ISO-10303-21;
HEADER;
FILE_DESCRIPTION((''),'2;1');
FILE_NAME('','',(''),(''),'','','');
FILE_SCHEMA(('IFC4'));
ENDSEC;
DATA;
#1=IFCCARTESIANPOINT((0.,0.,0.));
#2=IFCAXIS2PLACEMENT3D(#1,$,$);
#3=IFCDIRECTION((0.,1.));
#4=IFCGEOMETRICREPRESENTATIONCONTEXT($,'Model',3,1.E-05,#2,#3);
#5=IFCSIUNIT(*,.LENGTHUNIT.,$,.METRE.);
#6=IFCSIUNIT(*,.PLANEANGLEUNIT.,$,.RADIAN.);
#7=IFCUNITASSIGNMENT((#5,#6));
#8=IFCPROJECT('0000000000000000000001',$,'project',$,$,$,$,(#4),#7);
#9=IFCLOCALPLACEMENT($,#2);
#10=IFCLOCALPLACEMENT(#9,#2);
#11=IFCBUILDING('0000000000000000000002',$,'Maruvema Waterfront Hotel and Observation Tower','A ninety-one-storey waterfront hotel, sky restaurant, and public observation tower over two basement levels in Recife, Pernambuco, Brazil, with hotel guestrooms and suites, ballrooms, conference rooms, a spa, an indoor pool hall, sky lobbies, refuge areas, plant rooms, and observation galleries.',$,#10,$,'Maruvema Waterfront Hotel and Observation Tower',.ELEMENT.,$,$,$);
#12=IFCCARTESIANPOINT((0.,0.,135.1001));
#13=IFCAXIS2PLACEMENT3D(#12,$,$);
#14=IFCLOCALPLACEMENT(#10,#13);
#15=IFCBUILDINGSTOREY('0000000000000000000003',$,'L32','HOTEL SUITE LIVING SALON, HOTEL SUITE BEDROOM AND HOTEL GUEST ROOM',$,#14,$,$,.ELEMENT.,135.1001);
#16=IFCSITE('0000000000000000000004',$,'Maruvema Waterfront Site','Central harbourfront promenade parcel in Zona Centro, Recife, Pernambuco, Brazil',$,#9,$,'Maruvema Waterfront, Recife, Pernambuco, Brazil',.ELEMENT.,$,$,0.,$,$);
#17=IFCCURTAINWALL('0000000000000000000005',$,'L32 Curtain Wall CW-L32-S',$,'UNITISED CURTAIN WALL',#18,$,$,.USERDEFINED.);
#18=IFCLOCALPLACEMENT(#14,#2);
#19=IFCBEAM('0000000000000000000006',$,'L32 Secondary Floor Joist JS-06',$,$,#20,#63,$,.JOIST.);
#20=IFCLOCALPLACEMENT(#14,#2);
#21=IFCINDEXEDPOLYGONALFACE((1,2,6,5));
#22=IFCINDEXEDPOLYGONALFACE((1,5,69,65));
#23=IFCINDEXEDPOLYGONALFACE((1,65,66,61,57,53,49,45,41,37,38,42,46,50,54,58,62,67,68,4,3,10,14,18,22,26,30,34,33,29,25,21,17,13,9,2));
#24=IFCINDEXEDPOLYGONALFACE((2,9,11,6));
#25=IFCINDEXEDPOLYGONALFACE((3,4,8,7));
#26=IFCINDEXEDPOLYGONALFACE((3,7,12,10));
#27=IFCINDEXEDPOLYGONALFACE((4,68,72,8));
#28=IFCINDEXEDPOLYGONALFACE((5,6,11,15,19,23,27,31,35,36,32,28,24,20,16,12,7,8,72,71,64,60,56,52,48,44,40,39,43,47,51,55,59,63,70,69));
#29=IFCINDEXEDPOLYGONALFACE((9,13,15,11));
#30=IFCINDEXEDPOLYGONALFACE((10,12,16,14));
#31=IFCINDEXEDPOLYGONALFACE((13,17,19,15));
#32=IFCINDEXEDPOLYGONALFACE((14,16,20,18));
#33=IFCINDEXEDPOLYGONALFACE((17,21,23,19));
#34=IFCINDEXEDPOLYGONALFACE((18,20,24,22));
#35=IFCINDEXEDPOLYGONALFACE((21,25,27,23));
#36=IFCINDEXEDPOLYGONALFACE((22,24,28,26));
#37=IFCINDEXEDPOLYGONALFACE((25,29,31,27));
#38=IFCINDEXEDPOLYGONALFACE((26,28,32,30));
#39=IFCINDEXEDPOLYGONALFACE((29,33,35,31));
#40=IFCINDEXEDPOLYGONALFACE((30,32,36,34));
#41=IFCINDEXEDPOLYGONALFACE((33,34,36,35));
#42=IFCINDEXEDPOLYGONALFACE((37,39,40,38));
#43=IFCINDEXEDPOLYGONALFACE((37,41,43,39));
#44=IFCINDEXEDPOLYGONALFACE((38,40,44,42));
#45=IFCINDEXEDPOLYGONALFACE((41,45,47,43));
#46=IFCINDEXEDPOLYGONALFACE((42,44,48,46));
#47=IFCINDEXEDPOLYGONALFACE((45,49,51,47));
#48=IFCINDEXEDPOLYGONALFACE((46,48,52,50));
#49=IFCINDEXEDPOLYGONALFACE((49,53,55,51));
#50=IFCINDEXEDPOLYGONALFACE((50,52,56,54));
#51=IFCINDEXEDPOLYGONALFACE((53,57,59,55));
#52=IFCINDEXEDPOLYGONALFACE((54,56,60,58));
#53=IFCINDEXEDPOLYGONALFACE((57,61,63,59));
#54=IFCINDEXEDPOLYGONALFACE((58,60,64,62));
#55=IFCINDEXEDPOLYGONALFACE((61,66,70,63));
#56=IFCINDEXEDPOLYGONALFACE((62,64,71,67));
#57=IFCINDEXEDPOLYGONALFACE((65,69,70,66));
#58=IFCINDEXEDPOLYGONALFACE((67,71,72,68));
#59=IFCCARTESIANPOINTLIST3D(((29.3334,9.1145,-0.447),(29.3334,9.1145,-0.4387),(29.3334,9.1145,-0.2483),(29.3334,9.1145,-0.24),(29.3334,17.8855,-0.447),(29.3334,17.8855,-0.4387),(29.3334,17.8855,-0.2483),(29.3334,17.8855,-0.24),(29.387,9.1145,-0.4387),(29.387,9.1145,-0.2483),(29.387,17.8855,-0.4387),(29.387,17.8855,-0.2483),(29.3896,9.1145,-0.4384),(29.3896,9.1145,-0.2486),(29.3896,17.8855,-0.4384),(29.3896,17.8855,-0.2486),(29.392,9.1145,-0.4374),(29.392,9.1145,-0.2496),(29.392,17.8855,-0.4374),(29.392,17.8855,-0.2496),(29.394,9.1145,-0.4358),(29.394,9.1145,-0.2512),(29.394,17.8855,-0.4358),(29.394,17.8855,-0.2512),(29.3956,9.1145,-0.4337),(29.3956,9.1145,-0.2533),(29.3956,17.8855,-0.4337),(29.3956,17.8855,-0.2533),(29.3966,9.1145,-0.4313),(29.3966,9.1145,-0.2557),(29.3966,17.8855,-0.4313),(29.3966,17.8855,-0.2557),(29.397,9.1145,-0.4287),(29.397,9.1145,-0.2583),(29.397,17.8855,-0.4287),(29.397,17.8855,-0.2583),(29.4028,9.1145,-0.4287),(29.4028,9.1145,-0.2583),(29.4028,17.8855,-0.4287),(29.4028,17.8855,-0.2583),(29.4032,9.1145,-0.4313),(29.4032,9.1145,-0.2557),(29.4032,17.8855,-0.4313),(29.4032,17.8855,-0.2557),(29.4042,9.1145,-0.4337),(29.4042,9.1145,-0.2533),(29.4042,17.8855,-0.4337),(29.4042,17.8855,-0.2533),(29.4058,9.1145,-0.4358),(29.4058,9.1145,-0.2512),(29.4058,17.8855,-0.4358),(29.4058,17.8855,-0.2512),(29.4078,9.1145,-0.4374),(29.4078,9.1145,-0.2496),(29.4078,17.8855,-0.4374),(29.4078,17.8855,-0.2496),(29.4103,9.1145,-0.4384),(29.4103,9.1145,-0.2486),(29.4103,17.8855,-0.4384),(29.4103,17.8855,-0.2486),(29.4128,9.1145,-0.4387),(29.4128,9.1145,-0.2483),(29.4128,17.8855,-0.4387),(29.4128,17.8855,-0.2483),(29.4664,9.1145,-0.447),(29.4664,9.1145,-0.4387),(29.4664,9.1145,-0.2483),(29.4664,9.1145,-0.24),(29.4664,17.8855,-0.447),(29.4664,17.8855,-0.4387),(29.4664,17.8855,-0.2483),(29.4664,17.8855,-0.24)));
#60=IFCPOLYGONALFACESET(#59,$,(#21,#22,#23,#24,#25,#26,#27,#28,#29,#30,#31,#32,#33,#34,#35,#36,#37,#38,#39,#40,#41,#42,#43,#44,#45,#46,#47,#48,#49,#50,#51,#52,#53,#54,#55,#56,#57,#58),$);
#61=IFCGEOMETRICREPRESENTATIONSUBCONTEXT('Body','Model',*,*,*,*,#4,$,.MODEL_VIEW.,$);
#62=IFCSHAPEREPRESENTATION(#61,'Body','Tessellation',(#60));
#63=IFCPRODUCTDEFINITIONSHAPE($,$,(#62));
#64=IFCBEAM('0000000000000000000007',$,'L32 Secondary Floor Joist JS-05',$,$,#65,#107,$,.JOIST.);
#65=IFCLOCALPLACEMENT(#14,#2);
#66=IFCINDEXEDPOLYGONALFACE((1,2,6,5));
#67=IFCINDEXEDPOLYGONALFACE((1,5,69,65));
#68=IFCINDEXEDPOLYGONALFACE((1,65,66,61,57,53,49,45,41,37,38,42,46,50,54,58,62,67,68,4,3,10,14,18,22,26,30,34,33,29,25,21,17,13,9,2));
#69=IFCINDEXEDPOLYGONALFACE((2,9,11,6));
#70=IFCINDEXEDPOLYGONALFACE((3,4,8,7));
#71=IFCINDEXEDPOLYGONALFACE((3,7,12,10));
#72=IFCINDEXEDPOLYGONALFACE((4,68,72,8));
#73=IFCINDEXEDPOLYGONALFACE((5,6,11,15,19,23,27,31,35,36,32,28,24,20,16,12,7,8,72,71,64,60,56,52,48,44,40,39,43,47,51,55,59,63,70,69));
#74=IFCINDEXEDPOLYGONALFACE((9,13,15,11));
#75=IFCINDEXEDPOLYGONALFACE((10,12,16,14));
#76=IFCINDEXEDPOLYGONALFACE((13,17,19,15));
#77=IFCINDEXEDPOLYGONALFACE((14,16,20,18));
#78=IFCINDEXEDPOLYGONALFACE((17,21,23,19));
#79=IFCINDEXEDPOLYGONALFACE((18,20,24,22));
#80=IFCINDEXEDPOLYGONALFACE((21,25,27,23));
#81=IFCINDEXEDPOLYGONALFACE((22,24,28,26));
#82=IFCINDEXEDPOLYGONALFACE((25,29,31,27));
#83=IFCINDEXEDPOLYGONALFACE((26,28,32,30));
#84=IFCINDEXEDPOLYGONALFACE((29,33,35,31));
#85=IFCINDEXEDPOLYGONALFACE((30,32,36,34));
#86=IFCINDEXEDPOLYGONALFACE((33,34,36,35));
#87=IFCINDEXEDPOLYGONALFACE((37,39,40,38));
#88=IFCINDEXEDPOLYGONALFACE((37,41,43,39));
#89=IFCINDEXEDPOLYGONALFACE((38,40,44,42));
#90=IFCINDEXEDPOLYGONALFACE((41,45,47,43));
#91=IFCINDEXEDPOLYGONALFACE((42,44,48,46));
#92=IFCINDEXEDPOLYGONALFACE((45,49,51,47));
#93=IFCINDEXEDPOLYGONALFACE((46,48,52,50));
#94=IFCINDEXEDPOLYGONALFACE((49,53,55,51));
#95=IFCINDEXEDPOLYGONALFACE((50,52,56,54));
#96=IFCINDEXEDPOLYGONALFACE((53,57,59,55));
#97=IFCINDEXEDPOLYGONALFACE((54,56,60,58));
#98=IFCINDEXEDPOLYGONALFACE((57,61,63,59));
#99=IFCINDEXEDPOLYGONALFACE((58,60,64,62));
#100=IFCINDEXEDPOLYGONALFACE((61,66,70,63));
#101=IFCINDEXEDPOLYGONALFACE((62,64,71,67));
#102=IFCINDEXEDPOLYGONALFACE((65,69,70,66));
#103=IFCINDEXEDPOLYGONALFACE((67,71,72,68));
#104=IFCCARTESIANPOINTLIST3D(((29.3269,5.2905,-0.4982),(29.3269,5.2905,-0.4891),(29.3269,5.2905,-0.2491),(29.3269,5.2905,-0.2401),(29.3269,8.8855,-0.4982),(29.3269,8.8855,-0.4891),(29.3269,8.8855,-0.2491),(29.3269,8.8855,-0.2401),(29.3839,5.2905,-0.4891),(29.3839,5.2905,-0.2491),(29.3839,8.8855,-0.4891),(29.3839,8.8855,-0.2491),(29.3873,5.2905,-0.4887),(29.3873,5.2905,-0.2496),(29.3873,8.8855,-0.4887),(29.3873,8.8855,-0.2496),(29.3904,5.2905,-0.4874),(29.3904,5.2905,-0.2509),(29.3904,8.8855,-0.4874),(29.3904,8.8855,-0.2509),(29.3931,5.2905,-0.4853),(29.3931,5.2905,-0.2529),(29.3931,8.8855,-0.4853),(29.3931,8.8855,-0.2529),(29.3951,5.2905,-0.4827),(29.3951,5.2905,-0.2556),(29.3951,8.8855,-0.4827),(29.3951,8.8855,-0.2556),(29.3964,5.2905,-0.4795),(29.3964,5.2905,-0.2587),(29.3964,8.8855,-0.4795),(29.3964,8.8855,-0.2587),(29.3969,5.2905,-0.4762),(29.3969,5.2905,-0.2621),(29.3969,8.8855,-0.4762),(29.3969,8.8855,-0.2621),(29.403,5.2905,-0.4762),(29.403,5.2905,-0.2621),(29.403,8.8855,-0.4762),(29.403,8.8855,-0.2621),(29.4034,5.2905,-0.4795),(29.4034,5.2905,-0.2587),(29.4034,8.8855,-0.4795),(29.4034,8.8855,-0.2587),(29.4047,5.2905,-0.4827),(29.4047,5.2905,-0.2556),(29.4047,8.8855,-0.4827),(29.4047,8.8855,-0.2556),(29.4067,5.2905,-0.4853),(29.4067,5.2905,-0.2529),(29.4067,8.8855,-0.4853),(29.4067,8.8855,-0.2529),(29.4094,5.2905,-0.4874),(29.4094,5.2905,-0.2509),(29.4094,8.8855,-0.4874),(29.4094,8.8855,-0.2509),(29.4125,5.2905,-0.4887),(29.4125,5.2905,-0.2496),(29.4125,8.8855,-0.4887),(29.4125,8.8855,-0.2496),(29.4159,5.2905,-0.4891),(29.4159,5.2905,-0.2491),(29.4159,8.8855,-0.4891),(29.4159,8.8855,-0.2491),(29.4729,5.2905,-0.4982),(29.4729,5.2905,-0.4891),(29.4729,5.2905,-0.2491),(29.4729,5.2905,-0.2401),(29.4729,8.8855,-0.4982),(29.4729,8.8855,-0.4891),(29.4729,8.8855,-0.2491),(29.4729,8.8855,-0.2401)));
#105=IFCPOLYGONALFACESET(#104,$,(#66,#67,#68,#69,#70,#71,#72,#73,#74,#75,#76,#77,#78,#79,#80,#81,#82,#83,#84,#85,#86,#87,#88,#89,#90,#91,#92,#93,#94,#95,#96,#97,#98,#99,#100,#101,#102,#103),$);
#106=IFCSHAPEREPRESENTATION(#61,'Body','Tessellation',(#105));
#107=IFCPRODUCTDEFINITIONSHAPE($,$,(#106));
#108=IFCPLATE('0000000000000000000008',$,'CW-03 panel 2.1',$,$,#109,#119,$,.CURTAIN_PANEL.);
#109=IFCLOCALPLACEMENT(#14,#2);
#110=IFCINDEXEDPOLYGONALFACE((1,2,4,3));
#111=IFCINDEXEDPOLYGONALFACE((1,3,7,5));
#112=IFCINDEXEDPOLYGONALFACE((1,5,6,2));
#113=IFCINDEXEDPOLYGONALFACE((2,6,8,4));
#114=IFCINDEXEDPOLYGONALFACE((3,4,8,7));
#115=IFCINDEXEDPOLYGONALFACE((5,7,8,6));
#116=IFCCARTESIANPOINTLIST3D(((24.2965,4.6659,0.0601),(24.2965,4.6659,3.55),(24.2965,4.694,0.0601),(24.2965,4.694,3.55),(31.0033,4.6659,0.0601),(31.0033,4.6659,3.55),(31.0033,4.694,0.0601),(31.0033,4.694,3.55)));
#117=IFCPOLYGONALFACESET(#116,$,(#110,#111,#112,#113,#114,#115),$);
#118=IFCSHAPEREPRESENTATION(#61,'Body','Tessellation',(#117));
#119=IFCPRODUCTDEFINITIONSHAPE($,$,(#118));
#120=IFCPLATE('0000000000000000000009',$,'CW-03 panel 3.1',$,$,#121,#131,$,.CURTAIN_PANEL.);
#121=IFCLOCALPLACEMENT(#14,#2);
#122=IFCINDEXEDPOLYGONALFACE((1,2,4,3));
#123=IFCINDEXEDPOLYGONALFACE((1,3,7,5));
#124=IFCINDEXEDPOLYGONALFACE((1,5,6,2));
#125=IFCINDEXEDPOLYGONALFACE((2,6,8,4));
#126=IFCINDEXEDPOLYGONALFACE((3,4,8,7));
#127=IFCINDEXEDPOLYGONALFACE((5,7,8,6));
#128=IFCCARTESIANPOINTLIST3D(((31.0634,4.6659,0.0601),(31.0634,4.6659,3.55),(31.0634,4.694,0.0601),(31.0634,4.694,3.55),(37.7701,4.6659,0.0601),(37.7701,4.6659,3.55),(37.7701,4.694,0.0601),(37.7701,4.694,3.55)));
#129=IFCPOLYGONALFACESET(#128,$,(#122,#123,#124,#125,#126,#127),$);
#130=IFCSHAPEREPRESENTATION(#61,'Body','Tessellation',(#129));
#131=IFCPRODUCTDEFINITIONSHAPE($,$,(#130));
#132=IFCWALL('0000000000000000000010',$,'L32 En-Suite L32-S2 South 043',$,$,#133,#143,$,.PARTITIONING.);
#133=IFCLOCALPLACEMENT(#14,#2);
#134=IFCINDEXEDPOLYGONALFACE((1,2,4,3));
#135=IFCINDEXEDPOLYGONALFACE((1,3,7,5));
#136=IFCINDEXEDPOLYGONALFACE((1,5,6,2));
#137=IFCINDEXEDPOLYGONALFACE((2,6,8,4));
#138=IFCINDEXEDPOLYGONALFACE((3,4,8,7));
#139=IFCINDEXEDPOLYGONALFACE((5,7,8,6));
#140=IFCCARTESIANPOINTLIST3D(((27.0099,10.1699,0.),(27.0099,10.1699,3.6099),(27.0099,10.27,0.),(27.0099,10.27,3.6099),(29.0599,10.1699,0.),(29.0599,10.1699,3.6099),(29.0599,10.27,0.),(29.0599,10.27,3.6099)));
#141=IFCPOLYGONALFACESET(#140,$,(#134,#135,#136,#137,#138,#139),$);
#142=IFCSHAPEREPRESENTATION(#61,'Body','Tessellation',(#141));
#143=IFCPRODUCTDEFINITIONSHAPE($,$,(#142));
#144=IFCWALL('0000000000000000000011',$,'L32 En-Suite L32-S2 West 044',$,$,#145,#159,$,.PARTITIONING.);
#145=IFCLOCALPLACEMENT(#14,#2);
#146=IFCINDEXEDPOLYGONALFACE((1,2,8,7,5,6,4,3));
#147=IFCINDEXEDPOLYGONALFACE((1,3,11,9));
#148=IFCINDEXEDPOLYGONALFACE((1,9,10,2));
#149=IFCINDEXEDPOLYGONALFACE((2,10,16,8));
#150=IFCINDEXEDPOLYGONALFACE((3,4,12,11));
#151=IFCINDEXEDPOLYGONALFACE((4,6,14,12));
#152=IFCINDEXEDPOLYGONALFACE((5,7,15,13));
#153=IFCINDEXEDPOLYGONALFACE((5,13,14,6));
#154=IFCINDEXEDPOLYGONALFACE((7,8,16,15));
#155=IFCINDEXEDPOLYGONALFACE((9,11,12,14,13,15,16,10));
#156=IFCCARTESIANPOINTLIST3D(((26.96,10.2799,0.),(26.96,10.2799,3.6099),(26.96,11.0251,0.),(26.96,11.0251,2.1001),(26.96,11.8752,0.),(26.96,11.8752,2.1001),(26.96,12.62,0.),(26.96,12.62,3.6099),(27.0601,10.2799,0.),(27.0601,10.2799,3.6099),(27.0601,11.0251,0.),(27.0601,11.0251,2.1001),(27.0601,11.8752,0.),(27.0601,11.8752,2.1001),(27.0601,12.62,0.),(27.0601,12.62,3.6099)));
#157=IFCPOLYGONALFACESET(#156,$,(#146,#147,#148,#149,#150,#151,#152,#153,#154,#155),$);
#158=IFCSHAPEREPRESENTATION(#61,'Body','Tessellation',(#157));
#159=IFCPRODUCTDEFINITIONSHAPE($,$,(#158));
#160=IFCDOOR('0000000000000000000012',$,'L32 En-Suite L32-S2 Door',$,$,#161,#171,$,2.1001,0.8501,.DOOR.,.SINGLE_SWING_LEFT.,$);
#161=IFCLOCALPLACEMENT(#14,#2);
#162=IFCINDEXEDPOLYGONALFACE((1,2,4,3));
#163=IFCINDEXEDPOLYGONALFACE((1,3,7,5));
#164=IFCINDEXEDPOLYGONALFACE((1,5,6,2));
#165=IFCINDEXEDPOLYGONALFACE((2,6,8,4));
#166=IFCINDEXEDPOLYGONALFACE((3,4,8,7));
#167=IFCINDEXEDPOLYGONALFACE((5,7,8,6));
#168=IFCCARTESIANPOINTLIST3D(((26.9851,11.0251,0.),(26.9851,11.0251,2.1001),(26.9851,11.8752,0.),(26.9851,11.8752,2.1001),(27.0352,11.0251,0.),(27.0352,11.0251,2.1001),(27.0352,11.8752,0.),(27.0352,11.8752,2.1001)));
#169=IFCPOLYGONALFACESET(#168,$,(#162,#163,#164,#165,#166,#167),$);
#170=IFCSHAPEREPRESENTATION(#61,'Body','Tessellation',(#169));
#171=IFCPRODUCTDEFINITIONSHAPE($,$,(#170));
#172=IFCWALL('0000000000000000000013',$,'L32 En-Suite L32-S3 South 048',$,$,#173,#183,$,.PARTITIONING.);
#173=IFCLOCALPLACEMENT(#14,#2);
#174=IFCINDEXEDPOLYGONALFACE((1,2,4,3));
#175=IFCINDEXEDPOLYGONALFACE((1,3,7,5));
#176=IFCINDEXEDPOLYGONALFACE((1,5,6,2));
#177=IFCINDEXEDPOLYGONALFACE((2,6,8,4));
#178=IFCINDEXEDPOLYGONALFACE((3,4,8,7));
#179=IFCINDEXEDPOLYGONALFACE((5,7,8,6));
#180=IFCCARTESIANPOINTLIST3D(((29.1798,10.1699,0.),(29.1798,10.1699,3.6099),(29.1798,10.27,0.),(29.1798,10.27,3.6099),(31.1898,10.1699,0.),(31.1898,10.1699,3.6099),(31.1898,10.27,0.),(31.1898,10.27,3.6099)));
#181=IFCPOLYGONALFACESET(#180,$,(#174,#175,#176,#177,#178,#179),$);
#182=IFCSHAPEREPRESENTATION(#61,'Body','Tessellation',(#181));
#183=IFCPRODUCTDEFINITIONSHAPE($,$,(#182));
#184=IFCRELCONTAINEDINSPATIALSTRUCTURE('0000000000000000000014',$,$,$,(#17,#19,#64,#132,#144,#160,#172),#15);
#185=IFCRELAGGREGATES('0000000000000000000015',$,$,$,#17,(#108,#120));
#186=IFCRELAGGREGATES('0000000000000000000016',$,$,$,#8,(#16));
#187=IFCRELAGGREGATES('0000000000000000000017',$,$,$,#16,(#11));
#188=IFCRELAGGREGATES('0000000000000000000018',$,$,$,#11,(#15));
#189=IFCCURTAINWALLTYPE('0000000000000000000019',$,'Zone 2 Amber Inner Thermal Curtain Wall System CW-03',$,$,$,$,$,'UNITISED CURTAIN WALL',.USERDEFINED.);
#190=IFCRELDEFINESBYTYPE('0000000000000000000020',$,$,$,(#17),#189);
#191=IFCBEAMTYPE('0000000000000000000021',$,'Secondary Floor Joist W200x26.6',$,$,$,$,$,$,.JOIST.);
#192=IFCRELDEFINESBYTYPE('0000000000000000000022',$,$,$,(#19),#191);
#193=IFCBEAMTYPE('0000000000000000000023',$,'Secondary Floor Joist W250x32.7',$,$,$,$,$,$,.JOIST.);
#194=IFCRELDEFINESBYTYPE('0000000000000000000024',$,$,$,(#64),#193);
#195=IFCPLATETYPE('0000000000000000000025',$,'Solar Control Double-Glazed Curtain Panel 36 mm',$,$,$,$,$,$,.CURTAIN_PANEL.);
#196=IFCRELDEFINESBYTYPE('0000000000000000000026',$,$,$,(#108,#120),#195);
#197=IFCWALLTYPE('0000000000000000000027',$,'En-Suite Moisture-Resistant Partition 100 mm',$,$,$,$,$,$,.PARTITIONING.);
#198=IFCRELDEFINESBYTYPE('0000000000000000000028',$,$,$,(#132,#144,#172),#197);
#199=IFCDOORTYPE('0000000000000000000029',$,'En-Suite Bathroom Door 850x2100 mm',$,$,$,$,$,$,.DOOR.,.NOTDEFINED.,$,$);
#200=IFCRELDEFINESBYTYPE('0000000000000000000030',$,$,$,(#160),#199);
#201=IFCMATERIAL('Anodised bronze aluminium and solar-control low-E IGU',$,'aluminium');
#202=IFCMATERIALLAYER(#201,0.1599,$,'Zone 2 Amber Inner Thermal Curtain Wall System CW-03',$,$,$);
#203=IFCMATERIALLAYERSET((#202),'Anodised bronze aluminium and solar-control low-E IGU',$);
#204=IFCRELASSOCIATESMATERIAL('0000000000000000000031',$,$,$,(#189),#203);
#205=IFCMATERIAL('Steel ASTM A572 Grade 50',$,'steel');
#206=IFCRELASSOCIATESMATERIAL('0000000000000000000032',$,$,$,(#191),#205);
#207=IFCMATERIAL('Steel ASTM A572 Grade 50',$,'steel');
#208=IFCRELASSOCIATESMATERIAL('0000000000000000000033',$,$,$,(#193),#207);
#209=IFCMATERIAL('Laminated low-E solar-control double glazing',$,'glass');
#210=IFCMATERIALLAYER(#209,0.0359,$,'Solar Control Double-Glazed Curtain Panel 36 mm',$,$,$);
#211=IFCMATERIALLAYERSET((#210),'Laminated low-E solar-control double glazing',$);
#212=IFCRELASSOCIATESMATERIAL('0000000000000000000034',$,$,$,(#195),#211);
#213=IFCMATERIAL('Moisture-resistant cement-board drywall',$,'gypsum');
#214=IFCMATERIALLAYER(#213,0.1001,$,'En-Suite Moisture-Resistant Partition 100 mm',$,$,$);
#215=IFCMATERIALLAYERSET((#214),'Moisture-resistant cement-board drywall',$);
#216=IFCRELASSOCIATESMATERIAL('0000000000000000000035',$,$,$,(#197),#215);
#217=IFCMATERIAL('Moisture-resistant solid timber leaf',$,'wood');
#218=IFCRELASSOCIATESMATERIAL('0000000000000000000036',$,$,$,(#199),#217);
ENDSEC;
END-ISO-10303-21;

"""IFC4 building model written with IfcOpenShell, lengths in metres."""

from ifc_helpers import new_model, si_unit, direction, frame, frame_2d, origin, origin_2d, place, context, subcontext, project, spatial, rectangle, i_section, extrude, material, layer, layer_set, material_profile, profile_set, type_object, element, fill, aggregate, save


model = new_model("IFC4")

# Units and contexts
model_context = context("Model", 3, precision=1e-05, world=origin(), true_north=direction((0.0, 1.0)))
body_context = subcontext(model_context, "Body", "Model", "MODEL_VIEW")
ifc_project = project(units=[si_unit("LENGTHUNIT", "METRE"), si_unit("PLANEANGLEUNIT", "RADIAN")], contexts=[model_context])

# Site, building, storey
site_placement = place(None, origin())
site = spatial("IfcSite", under=ifc_project, at=site_placement, Name="Maruvema Waterfront Site", Description="Central harbourfront promenade parcel in Zona Centro, Recife, Pernambuco, Brazil", LongName="Maruvema Waterfront, Recife, Pernambuco, Brazil", CompositionType="ELEMENT", RefElevation=0.0)
building_placement = place(site_placement, origin())
building = spatial("IfcBuilding", under=site, at=building_placement, Name="Maruvema Waterfront Hotel and Observation Tower", Description="A ninety-one-storey waterfront hotel, sky restaurant, and public observation tower over two basement levels in Recife, Pernambuco, Brazil, with hotel guestrooms and suites, ballrooms, conference rooms, a spa, an indoor pool hall, sky lobbies, refuge areas, plant rooms, and observation galleries.", LongName="Maruvema Waterfront Hotel and Observation Tower", CompositionType="ELEMENT")
storey_placement = place(building_placement, frame((0.0, 0.0, 135.1001)))
storey = spatial("IfcBuildingStorey", under=building, at=storey_placement, Name="L32", Description="HOTEL SUITE LIVING SALON, HOTEL SUITE BEDROOM AND HOTEL GUEST ROOM", CompositionType="ELEMENT", Elevation=135.1001)

# Curtain wall
ifc_material_1 = material(Name="Anodised bronze aluminium and solar-control low-E IGU", Category="aluminium")
ifc_layer_1 = layer(ifc_material_1, 0.1599, Name="Zone 2 Amber Inner Thermal Curtain Wall System CW-03")
ifc_layer_set_1 = layer_set([ifc_layer_1], Name="Anodised bronze aluminium and solar-control low-E IGU")
curtain_wall_type = type_object("IfcCurtainWallType", Name="Zone 2 Amber Inner Thermal Curtain Wall System CW-03", ElementType="UNITISED CURTAIN WALL", PredefinedType="USERDEFINED", material=ifc_layer_set_1)
curtain_wall_placement = place(storey_placement, origin())
curtain_wall = element("IfcCurtainWall", 1, at=curtain_wall_placement, inside=storey, type_object=curtain_wall_type, Name="L32 Curtain Wall CW-L32-S", ObjectType="UNITISED CURTAIN WALL", PredefinedType="USERDEFINED")

# Beams
ifc_material_2 = material(Name="Steel ASTM A572 Grade 50", Category="steel")
ifc_material_profile_1 = material_profile(ifc_material_2, i_section(OverallWidth=0.1331, OverallDepth=0.207, WebThickness=0.0059, FlangeThickness=0.0083, FilletRadius=0.01, at=origin_2d()), Name="W200x26.6")
ifc_profile_set_1 = profile_set([ifc_material_profile_1], Name="Steel ASTM A572 Grade 50")
beam_type_1 = type_object("IfcBeamType", Name="Secondary Floor Joist W200x26.6", PredefinedType="JOIST", material=ifc_profile_set_1)
beam_1_placement = place(storey_placement, frame((29.3999, 9.1145, -0.3435), z_axis=(0.0, 1.0, 0.0), x_axis=(-1.0, 0.0, 0.0)))
element("IfcBeam", 2, at=beam_1_placement, inside=storey, type_object=beam_type_1, Name="L32 Secondary Floor Joist JS-06", PredefinedType="JOIST", context=body_context, shape_type="SweptSolid", body=[
    extrude(i_section(OverallWidth=0.1331, OverallDepth=0.207, WebThickness=0.0059, FlangeThickness=0.0083, FilletRadius=0.01, at=origin_2d()), origin(), (0.0, 0.0, 1.0), 8.771),
])
ifc_material_3 = material(Name="Steel ASTM A572 Grade 50", Category="steel")
ifc_material_profile_2 = material_profile(ifc_material_3, i_section(OverallWidth=0.146, OverallDepth=0.2581, WebThickness=0.0061, FlangeThickness=0.009, FilletRadius=0.0129, at=origin_2d()), Name="W250x32.7")
ifc_profile_set_2 = profile_set([ifc_material_profile_2], Name="Steel ASTM A572 Grade 50")
beam_type_2 = type_object("IfcBeamType", Name="Secondary Floor Joist W250x32.7", PredefinedType="JOIST", material=ifc_profile_set_2)
beam_2_placement = place(storey_placement, frame((29.3999, 5.2905, -0.3691), z_axis=(0.0, 1.0, 0.0), x_axis=(-1.0, 0.0, 0.0)))
element("IfcBeam", 3, at=beam_2_placement, inside=storey, type_object=beam_type_2, Name="L32 Secondary Floor Joist JS-05", PredefinedType="JOIST", context=body_context, shape_type="SweptSolid", body=[
    extrude(i_section(OverallWidth=0.146, OverallDepth=0.2581, WebThickness=0.0061, FlangeThickness=0.009, FilletRadius=0.0129, at=origin_2d()), origin(), (0.0, 0.0, 1.0), 3.595),
])

# Plates
ifc_material_4 = material(Name="Laminated low-E solar-control double glazing", Category="glass")
ifc_layer_2 = layer(ifc_material_4, 0.0359, Name="Solar Control Double-Glazed Curtain Panel 36 mm")
ifc_layer_set_2 = layer_set([ifc_layer_2], Name="Laminated low-E solar-control double glazing")
plate_type = type_object("IfcPlateType", Name="Solar Control Double-Glazed Curtain Panel 36 mm", PredefinedType="CURTAIN_PANEL", material=ifc_layer_set_2)
plate_1_placement = place(storey_placement, frame((27.6499, 4.6799, 0.0601), z_axis=(0.0, 0.0, 1.0), x_axis=(1.0, 0.0, 0.0)))
plate_1 = element("IfcPlate", 4, at=plate_1_placement, type_object=plate_type, Name="CW-03 panel 2.1", PredefinedType="CURTAIN_PANEL", context=body_context, shape_type="SweptSolid", body=[
    extrude(rectangle(XDim=6.7068, YDim=0.0281, at=origin_2d()), origin(), (0.0, 0.0, 1.0), 3.49),
])
plate_2_placement = place(storey_placement, frame((34.4167, 4.6799, 0.0601), z_axis=(0.0, 0.0, 1.0), x_axis=(1.0, 0.0, 0.0)))
plate_2 = element("IfcPlate", 5, at=plate_2_placement, type_object=plate_type, Name="CW-03 panel 3.1", PredefinedType="CURTAIN_PANEL", context=body_context, shape_type="SweptSolid", body=[
    extrude(rectangle(XDim=6.7068, YDim=0.0281, at=origin_2d()), origin(), (0.0, 0.0, 1.0), 3.49),
])
aggregate(curtain_wall, [plate_1, plate_2])

# Wall
ifc_material_5 = material(Name="Moisture-resistant cement-board drywall", Category="gypsum")
ifc_layer_3 = layer(ifc_material_5, 0.1001, Name="En-Suite Moisture-Resistant Partition 100 mm")
ifc_layer_set_3 = layer_set([ifc_layer_3], Name="Moisture-resistant cement-board drywall")
wall_type_1 = type_object("IfcWallType", Name="En-Suite Moisture-Resistant Partition 100 mm", PredefinedType="PARTITIONING", material=ifc_layer_set_3)
wall_1_placement = place(storey_placement, frame((27.01, 10.22, 0.0), z_axis=(0.0, 0.0, 1.0), x_axis=(1.0, 0.0, 0.0)))
element("IfcWall", 6, at=wall_1_placement, inside=storey, type_object=wall_type_1, Name="L32 En-Suite L32-S2 South 043", PredefinedType="PARTITIONING", context=body_context, shape_type="SweptSolid", body=[
    extrude(rectangle(XDim=2.05, YDim=0.1001, at=frame_2d((1.0249, 0.0))), origin(), (0.0, 0.0, 1.0), 3.6099),
])

# Wall, opening, door
wall_2_placement = place(storey_placement, frame((27.01, 10.28, 0.0), z_axis=(0.0, 0.0, 1.0), x_axis=(0.0, 1.0, 0.0)))
wall_2 = element("IfcWall", 7, at=wall_2_placement, inside=storey, type_object=wall_type_1, Name="L32 En-Suite L32-S2 West 044", PredefinedType="PARTITIONING", context=body_context, shape_type="SweptSolid", body=[
    extrude(rectangle(XDim=2.3401, YDim=0.1001, at=frame_2d((1.1699, 0.0))), origin(), (0.0, 0.0, 1.0), 3.6099),
])
opening_placement = place(wall_2_placement, frame((0.7451, 0.0, 0.0)))
opening = element("IfcOpeningElement", 8, at=opening_placement, cuts=wall_2, PredefinedType="OPENING", context=body_context, shape_type="SweptSolid", body=[
    extrude(rectangle(XDim=0.8501, YDim=2.1001, at=frame_2d((0.425, 1.05))), frame((0.0, 0.0601, 0.0), z_axis=(0.0, -1.0, 0.0), x_axis=(1.0, 0.0, 0.0)), (0.0, 0.0, 1.0), 0.1201),
])
ifc_material_6 = material(Name="Moisture-resistant solid timber leaf", Category="wood")
door_type = type_object("IfcDoorType", Name="En-Suite Bathroom Door 850x2100 mm", OperationType="NOTDEFINED", PredefinedType="DOOR", material=ifc_material_6)
door_placement = place(opening_placement, origin())
door = element("IfcDoor", 9, at=door_placement, inside=storey, type_object=door_type, Name="L32 En-Suite L32-S2 Door", OperationType="SINGLE_SWING_LEFT", OverallHeight=2.1001, OverallWidth=0.8501, PredefinedType="DOOR", context=body_context, shape_type="SweptSolid", body=[
    extrude(rectangle(XDim=0.8501, YDim=2.1001, at=frame_2d((0.425, 1.05))), frame((0.0, 0.0249, 0.0), z_axis=(0.0, -1.0, 0.0), x_axis=(1.0, 0.0, 0.0)), (0.0, 0.0, 1.0), 0.05),
])
fill(opening, door)

# Wall
wall_3_placement = place(storey_placement, frame((29.1799, 10.22, 0.0), z_axis=(0.0, 0.0, 1.0), x_axis=(1.0, 0.0, 0.0)))
element("IfcWall", 10, at=wall_3_placement, inside=storey, type_object=wall_type_1, Name="L32 En-Suite L32-S3 South 048", PredefinedType="PARTITIONING", context=body_context, shape_type="SweptSolid", body=[
    extrude(rectangle(XDim=2.01, YDim=0.1001, at=frame_2d((1.0049, 0.0))), origin(), (0.0, 0.0, 1.0), 3.6099),
])

save(model, "model.ifc")
